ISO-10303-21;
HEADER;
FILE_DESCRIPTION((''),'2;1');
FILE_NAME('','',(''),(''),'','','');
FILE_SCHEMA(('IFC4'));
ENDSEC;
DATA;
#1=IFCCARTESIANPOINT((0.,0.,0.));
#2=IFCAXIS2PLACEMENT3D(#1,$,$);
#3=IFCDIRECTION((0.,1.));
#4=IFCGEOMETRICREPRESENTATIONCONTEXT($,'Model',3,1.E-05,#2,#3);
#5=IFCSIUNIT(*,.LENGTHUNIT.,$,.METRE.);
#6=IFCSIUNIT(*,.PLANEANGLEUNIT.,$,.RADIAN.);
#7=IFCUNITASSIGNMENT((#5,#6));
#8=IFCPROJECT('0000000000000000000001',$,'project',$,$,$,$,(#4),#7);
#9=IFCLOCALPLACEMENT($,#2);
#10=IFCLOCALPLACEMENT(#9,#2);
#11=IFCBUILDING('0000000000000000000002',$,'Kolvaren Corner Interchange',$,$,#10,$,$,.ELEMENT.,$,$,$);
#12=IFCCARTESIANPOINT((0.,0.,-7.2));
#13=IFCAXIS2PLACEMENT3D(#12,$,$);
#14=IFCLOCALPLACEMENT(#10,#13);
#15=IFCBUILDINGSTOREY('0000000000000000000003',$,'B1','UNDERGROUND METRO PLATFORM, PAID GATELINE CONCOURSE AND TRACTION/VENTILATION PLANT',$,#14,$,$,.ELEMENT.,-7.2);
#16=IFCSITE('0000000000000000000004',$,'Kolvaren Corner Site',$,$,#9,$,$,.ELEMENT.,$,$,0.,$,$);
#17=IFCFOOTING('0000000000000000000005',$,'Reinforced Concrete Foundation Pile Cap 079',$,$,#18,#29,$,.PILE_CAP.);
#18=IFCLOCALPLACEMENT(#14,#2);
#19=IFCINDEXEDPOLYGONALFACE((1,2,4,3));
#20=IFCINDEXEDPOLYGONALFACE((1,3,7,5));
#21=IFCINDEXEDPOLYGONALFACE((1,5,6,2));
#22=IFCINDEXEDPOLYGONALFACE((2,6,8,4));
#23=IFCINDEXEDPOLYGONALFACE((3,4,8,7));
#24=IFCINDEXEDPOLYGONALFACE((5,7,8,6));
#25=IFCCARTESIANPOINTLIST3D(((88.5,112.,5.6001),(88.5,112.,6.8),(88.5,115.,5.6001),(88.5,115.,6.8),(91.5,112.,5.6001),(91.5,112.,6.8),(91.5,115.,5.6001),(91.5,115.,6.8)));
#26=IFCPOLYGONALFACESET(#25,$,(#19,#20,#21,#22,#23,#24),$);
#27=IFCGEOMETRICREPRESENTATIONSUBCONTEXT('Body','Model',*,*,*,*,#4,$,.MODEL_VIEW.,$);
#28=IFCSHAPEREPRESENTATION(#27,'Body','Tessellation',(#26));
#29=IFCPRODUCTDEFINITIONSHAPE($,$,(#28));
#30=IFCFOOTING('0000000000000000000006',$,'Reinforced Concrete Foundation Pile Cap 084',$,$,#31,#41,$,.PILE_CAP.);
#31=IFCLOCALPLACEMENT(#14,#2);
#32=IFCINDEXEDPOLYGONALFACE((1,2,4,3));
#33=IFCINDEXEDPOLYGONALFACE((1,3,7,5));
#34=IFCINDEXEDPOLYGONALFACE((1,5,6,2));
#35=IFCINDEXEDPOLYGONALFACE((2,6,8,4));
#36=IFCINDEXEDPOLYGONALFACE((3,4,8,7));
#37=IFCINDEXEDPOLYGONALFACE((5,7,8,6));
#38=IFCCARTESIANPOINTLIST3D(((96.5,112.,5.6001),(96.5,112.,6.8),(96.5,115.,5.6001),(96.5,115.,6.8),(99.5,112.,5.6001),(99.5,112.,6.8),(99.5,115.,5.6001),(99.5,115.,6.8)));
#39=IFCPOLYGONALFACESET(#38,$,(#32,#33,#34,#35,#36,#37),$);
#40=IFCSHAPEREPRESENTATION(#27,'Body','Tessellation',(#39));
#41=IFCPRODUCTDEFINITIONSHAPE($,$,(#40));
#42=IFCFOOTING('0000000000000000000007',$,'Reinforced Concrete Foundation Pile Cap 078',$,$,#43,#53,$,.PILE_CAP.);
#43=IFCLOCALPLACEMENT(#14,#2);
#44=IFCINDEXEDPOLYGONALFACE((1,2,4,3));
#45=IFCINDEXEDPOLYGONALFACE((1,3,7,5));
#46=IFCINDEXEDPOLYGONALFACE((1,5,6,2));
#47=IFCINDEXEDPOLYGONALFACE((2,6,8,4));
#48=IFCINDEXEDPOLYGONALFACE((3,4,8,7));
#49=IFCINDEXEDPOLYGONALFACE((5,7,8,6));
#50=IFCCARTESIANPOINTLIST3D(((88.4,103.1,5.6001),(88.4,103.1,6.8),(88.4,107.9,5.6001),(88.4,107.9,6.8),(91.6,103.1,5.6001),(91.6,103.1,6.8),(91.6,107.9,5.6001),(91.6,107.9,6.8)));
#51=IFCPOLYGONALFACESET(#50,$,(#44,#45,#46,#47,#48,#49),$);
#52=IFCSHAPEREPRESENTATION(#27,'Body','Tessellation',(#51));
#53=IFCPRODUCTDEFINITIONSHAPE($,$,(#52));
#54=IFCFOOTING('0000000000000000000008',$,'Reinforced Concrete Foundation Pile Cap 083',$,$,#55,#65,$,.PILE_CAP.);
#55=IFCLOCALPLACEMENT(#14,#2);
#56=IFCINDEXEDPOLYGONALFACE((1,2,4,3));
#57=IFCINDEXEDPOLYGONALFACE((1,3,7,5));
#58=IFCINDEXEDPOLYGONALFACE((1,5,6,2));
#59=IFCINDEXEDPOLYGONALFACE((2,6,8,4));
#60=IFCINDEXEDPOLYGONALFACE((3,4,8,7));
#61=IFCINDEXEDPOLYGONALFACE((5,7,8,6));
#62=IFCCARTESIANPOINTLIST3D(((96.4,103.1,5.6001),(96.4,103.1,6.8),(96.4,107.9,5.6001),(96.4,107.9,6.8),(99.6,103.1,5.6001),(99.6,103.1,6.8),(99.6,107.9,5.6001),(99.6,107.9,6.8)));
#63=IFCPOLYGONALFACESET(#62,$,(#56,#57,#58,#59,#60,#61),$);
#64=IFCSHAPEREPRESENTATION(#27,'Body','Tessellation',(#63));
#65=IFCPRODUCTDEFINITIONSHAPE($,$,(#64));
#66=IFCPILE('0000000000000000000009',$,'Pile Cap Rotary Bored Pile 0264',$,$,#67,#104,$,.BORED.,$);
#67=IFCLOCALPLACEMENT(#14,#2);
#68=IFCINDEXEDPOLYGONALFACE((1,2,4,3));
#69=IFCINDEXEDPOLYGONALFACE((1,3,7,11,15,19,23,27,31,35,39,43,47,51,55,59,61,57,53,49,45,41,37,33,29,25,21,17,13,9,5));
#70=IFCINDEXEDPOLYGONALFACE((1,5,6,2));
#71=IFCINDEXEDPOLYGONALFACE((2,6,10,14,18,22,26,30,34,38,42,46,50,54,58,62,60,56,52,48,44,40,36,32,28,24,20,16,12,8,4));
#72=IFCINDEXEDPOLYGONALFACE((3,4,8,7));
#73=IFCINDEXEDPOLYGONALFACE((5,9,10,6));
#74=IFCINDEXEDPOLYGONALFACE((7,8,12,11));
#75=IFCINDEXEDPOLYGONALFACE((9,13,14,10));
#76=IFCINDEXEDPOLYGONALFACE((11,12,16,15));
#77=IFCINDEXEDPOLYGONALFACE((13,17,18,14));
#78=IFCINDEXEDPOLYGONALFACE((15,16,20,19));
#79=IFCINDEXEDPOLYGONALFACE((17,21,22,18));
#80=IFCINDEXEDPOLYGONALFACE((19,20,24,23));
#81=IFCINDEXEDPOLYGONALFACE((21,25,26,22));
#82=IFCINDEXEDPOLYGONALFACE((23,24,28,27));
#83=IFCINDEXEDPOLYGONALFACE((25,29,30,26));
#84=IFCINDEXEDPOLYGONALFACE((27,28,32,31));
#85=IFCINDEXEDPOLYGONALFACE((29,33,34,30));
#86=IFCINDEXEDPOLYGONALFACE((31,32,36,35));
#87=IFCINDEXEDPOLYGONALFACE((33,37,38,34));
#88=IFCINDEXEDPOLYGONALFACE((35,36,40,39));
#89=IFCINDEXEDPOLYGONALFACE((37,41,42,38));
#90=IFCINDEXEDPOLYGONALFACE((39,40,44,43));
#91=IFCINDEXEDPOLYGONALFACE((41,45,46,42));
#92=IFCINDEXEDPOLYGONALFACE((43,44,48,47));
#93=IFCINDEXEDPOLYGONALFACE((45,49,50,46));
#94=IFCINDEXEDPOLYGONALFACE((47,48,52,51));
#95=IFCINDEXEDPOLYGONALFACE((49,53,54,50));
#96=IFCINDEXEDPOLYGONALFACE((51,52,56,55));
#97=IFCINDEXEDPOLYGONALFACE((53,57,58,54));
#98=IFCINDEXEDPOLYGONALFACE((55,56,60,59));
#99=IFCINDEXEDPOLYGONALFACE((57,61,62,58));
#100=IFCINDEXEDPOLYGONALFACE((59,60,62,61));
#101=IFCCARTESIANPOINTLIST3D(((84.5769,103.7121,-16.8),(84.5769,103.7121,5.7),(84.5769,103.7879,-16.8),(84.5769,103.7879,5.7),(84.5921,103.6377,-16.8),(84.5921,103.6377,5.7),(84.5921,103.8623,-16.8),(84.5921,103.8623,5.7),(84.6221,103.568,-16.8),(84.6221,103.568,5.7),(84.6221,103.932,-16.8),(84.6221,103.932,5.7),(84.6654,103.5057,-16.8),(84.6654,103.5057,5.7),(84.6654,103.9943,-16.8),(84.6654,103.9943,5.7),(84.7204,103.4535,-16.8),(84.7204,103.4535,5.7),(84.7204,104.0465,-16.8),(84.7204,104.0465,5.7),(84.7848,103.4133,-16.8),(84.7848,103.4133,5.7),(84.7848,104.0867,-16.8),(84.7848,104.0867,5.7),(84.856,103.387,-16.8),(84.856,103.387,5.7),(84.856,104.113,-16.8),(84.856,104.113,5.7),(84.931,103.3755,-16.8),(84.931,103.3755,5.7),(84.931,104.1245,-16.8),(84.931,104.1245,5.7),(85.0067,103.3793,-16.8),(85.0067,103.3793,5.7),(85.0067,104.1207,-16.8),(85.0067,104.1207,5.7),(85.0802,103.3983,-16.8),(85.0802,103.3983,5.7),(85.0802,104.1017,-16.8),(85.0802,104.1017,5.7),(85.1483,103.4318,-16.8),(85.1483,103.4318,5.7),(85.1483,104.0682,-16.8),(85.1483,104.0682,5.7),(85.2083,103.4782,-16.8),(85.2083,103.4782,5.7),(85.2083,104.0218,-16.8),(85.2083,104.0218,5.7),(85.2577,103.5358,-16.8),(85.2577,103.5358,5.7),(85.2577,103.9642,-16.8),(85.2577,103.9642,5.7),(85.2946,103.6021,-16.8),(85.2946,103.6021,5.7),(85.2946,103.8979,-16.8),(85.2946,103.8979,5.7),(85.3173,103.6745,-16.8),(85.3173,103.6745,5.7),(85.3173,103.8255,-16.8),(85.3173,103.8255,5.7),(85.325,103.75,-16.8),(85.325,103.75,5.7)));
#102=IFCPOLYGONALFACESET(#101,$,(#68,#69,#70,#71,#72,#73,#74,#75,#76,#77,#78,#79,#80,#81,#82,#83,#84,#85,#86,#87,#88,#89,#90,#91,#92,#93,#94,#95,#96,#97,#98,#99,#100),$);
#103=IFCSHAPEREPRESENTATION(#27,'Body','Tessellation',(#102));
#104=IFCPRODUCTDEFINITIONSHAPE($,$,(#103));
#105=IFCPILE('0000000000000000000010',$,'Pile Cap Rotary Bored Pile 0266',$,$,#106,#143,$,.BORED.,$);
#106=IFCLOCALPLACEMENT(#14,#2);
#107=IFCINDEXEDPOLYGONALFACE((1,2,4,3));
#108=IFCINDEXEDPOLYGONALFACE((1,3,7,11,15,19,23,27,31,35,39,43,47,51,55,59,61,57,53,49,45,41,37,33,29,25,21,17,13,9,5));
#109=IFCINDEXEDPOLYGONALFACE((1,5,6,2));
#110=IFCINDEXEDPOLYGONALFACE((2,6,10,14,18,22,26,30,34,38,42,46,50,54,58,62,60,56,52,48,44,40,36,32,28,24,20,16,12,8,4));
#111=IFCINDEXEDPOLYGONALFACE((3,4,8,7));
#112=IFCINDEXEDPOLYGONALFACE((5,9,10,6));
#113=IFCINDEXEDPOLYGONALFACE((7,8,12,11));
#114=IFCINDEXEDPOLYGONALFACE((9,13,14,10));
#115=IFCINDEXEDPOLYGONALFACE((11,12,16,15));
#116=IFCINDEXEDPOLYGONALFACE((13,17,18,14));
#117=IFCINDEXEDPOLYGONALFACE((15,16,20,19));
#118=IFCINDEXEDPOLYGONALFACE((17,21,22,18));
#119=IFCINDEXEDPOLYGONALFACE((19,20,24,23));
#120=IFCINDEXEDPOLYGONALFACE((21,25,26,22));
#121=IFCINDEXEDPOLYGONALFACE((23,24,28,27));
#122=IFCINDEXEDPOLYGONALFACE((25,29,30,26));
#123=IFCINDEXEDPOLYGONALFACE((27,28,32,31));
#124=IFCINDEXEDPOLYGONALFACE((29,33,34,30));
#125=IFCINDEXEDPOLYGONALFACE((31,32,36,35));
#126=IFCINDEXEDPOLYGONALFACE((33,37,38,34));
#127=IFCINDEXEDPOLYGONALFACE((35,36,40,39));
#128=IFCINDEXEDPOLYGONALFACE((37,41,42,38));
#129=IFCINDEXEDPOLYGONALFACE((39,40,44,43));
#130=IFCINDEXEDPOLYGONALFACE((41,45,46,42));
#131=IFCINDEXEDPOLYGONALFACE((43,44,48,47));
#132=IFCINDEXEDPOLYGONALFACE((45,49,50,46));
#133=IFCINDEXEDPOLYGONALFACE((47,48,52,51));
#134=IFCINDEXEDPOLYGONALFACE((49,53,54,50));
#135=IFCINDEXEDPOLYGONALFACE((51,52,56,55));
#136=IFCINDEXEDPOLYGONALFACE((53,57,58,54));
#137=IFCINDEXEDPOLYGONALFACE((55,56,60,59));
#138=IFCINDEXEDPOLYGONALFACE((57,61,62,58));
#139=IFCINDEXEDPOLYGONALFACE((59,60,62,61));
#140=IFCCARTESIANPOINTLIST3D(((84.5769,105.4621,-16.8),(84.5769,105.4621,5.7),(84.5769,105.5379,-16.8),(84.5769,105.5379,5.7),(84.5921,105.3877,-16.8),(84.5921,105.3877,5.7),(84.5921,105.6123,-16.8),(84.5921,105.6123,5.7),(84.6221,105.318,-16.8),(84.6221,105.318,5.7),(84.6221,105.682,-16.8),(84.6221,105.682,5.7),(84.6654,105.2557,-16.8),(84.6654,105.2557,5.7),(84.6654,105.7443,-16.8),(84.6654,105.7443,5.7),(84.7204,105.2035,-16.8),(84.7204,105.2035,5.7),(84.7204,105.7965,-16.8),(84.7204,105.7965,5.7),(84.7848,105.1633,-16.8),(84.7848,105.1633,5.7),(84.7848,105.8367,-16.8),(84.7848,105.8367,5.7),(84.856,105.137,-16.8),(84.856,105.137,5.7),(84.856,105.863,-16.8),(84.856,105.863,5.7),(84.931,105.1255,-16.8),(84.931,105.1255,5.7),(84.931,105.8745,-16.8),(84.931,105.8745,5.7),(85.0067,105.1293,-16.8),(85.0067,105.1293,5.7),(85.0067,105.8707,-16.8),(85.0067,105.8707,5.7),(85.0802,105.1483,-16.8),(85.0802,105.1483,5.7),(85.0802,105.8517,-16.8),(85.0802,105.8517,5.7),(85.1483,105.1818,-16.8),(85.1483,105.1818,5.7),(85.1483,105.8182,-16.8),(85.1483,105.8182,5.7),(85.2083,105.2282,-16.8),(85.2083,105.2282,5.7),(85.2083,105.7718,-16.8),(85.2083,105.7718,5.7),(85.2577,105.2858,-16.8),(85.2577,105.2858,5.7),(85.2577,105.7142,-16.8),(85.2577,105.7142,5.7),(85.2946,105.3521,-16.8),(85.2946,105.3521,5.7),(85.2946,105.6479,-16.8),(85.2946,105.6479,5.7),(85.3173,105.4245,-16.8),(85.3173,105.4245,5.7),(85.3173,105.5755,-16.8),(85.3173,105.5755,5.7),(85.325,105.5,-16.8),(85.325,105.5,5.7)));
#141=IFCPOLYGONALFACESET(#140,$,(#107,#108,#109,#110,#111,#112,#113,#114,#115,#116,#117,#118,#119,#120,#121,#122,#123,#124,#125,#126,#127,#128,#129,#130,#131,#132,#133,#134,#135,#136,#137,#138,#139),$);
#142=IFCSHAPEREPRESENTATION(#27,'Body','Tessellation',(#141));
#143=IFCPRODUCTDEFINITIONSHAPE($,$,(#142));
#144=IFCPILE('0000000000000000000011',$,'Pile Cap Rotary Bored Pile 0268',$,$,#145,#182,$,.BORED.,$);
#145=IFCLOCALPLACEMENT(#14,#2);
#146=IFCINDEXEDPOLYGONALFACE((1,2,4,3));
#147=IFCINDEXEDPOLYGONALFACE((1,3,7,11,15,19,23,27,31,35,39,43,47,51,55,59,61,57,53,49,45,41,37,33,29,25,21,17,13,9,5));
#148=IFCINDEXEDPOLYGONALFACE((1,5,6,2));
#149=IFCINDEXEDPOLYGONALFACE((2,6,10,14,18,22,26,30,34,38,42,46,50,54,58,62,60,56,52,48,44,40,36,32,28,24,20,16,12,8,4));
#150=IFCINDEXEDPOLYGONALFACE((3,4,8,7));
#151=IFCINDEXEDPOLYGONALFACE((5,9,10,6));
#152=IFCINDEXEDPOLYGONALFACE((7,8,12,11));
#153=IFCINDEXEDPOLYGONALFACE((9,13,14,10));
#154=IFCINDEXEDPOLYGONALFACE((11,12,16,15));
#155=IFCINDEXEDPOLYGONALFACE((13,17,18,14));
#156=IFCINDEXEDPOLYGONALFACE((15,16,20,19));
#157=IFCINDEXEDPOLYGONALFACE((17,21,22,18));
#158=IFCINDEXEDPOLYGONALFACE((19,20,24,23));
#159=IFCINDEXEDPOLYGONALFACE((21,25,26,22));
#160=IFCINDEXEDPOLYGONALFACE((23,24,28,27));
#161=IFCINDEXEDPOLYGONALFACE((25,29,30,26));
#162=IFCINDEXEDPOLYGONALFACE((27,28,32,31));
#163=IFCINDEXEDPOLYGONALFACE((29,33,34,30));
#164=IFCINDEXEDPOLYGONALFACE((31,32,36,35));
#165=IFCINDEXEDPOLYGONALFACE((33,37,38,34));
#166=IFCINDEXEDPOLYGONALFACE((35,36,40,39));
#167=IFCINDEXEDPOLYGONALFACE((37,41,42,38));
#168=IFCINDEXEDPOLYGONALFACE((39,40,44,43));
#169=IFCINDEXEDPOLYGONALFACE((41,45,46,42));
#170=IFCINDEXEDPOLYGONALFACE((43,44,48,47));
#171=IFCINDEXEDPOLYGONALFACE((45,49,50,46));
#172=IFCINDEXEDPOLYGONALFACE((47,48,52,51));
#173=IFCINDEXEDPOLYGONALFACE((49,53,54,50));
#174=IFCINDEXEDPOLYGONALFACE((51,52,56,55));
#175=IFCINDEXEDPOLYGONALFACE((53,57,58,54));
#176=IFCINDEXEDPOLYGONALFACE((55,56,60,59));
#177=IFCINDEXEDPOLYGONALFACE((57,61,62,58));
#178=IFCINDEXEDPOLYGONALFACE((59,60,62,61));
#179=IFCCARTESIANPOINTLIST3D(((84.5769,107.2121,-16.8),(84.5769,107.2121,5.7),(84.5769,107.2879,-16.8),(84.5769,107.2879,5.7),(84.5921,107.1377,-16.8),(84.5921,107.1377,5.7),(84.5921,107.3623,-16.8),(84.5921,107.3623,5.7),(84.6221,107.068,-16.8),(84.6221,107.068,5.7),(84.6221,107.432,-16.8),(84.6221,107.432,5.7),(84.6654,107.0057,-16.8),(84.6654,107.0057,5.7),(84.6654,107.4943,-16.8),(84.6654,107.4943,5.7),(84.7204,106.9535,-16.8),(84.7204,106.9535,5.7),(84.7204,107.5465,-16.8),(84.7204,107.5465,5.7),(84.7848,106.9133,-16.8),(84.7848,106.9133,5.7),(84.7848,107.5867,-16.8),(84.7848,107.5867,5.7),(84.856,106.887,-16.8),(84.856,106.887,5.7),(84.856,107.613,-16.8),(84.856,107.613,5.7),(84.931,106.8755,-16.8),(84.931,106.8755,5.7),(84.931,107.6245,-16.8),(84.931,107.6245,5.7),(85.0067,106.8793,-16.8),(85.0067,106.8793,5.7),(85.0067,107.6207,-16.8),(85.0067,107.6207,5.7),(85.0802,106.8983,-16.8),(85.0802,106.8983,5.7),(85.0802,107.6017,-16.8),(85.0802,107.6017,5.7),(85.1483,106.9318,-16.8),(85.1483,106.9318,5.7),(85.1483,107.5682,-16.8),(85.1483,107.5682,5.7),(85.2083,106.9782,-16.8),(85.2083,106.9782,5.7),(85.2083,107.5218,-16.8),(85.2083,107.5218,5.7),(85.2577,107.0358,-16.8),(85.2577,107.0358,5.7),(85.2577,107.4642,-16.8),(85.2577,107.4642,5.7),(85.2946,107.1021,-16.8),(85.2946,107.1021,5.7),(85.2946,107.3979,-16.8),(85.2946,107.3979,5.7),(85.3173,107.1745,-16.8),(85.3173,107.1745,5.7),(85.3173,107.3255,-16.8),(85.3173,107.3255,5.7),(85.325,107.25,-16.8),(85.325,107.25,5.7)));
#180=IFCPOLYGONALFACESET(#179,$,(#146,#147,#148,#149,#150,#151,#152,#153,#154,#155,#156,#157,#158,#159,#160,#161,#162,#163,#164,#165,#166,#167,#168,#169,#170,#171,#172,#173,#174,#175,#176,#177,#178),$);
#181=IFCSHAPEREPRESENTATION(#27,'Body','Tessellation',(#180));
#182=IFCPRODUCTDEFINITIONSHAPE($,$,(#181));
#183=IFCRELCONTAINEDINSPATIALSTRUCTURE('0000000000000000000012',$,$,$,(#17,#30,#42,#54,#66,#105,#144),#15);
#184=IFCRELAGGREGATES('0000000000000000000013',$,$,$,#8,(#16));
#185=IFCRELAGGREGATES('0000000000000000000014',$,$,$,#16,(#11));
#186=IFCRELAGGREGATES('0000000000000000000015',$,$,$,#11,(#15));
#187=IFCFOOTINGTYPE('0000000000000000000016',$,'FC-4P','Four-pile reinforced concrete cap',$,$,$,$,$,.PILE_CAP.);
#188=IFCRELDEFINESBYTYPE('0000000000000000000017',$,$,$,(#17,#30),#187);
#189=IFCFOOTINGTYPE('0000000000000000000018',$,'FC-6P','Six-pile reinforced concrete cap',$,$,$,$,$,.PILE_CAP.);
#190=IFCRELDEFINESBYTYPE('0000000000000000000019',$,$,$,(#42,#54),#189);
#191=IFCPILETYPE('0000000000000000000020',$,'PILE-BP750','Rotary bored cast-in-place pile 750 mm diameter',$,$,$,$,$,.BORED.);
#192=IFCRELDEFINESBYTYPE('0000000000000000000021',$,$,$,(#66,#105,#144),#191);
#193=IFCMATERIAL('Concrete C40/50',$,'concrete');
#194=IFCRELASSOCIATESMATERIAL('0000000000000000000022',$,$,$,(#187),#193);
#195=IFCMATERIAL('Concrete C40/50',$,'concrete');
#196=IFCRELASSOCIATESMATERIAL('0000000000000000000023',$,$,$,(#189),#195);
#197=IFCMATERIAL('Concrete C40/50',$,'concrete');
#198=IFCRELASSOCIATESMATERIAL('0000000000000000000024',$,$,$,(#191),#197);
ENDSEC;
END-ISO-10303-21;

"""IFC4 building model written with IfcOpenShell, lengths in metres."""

from ifc_helpers import new_model, si_unit, direction, frame, origin, origin_2d, place, context, subcontext, project, spatial, rectangle, circle, extrude, material, material_profile, profile_set, type_object, element, save


model = new_model("IFC4")

# Units and contexts
model_context = context("Model", 3, precision=1e-05, world=origin(), true_north=direction((0.0, 1.0)))
body_context = subcontext(model_context, "Body", "Model", "MODEL_VIEW")
ifc_project = project(units=[si_unit("LENGTHUNIT", "METRE"), si_unit("PLANEANGLEUNIT", "RADIAN")], contexts=[model_context])

# Site, building, storey
site_placement = place(None, origin())
site = spatial("IfcSite", under=ifc_project, at=site_placement, Name="Kolvaren Corner Site", CompositionType="ELEMENT", RefElevation=0.0)
building_placement = place(site_placement, origin())
building = spatial("IfcBuilding", under=site, at=building_placement, Name="Kolvaren Corner Interchange", CompositionType="ELEMENT")
storey_placement = place(building_placement, frame((0.0, 0.0, -7.2)))
storey = spatial("IfcBuildingStorey", under=building, at=storey_placement, Name="B1", Description="UNDERGROUND METRO PLATFORM, PAID GATELINE CONCOURSE AND TRACTION/VENTILATION PLANT", CompositionType="ELEMENT", Elevation=-7.2)

# Footings
ifc_material_1 = material(Name="Concrete C40/50", Category="concrete")
footing_type_1 = type_object("IfcFootingType", Name="FC-4P", Description="Four-pile reinforced concrete cap", PredefinedType="PILE_CAP", material=ifc_material_1)
for number, where, z_axis, x_axis, name in (
    (1, (90.0, 113.5, 5.6001), (0.0, 0.0, 1.0), (1.0, 0.0, 0.0), "Reinforced Concrete Foundation Pile Cap 079"),
    (2, (98.0, 113.5, 5.6001), (0.0, 0.0, 1.0), (1.0, 0.0, 0.0), "Reinforced Concrete Foundation Pile Cap 084"),
):
    element("IfcFooting", number, at=place(storey_placement, frame(where, z_axis=z_axis, x_axis=x_axis)), inside=storey, type_object=footing_type_1, Name=name, PredefinedType="PILE_CAP", context=body_context, shape_type="SweptSolid", body=[
        extrude(rectangle(XDim=3.0, YDim=3.0, at=origin_2d()), origin(), (0.0, 0.0, 1.0), 1.2),
    ])
ifc_material_2 = material(Name="Concrete C40/50", Category="concrete")
footing_type_2 = type_object("IfcFootingType", Name="FC-6P", Description="Six-pile reinforced concrete cap", PredefinedType="PILE_CAP", material=ifc_material_2)
for number, where, z_axis, x_axis, name in (
    (3, (90.0, 105.5, 5.6001), (0.0, 0.0, 1.0), (1.0, 0.0, 0.0), "Reinforced Concrete Foundation Pile Cap 078"),
    (4, (98.0, 105.5, 5.6001), (0.0, 0.0, 1.0), (1.0, 0.0, 0.0), "Reinforced Concrete Foundation Pile Cap 083"),
):
    element("IfcFooting", number, at=place(storey_placement, frame(where, z_axis=z_axis, x_axis=x_axis)), inside=storey, type_object=footing_type_2, Name=name, PredefinedType="PILE_CAP", context=body_context, shape_type="SweptSolid", body=[
        extrude(rectangle(XDim=3.2, YDim=4.8, at=origin_2d()), origin(), (0.0, 0.0, 1.0), 1.2),
    ])

# Piles
ifc_material_3 = material(Name="Concrete C40/50", Category="concrete")
ifc_material_profile = material_profile(ifc_material_3, circle(Radius=0.375, at=origin_2d()), Name="BORED PILE 750")
ifc_profile_set = profile_set([ifc_material_profile], Name="Concrete C40/50")
pile_type = type_object("IfcPileType", Name="PILE-BP750", Description="Rotary bored cast-in-place pile 750 mm diameter", PredefinedType="BORED", material=ifc_profile_set)
for number, where, z_axis, x_axis, name in (
    (5, (84.95, 103.75, 5.7), (0.0, 0.0, -1.0), (1.0, 0.0, 0.0), "Pile Cap Rotary Bored Pile 0264"),
    (6, (84.95, 105.5, 5.7), (0.0, 0.0, -1.0), (1.0, 0.0, 0.0), "Pile Cap Rotary Bored Pile 0266"),
    (7, (84.95, 107.25, 5.7), (0.0, 0.0, -1.0), (1.0, 0.0, 0.0), "Pile Cap Rotary Bored Pile 0268"),
):
    element("IfcPile", number, at=place(storey_placement, frame(where, z_axis=z_axis, x_axis=x_axis)), inside=storey, type_object=pile_type, Name=name, PredefinedType="BORED", context=body_context, shape_type="SweptSolid", body=[
        extrude(circle(Radius=0.375, at=origin_2d()), origin(), (0.0, 0.0, 1.0), 22.5),
    ])

save(model, "model.ifc")
